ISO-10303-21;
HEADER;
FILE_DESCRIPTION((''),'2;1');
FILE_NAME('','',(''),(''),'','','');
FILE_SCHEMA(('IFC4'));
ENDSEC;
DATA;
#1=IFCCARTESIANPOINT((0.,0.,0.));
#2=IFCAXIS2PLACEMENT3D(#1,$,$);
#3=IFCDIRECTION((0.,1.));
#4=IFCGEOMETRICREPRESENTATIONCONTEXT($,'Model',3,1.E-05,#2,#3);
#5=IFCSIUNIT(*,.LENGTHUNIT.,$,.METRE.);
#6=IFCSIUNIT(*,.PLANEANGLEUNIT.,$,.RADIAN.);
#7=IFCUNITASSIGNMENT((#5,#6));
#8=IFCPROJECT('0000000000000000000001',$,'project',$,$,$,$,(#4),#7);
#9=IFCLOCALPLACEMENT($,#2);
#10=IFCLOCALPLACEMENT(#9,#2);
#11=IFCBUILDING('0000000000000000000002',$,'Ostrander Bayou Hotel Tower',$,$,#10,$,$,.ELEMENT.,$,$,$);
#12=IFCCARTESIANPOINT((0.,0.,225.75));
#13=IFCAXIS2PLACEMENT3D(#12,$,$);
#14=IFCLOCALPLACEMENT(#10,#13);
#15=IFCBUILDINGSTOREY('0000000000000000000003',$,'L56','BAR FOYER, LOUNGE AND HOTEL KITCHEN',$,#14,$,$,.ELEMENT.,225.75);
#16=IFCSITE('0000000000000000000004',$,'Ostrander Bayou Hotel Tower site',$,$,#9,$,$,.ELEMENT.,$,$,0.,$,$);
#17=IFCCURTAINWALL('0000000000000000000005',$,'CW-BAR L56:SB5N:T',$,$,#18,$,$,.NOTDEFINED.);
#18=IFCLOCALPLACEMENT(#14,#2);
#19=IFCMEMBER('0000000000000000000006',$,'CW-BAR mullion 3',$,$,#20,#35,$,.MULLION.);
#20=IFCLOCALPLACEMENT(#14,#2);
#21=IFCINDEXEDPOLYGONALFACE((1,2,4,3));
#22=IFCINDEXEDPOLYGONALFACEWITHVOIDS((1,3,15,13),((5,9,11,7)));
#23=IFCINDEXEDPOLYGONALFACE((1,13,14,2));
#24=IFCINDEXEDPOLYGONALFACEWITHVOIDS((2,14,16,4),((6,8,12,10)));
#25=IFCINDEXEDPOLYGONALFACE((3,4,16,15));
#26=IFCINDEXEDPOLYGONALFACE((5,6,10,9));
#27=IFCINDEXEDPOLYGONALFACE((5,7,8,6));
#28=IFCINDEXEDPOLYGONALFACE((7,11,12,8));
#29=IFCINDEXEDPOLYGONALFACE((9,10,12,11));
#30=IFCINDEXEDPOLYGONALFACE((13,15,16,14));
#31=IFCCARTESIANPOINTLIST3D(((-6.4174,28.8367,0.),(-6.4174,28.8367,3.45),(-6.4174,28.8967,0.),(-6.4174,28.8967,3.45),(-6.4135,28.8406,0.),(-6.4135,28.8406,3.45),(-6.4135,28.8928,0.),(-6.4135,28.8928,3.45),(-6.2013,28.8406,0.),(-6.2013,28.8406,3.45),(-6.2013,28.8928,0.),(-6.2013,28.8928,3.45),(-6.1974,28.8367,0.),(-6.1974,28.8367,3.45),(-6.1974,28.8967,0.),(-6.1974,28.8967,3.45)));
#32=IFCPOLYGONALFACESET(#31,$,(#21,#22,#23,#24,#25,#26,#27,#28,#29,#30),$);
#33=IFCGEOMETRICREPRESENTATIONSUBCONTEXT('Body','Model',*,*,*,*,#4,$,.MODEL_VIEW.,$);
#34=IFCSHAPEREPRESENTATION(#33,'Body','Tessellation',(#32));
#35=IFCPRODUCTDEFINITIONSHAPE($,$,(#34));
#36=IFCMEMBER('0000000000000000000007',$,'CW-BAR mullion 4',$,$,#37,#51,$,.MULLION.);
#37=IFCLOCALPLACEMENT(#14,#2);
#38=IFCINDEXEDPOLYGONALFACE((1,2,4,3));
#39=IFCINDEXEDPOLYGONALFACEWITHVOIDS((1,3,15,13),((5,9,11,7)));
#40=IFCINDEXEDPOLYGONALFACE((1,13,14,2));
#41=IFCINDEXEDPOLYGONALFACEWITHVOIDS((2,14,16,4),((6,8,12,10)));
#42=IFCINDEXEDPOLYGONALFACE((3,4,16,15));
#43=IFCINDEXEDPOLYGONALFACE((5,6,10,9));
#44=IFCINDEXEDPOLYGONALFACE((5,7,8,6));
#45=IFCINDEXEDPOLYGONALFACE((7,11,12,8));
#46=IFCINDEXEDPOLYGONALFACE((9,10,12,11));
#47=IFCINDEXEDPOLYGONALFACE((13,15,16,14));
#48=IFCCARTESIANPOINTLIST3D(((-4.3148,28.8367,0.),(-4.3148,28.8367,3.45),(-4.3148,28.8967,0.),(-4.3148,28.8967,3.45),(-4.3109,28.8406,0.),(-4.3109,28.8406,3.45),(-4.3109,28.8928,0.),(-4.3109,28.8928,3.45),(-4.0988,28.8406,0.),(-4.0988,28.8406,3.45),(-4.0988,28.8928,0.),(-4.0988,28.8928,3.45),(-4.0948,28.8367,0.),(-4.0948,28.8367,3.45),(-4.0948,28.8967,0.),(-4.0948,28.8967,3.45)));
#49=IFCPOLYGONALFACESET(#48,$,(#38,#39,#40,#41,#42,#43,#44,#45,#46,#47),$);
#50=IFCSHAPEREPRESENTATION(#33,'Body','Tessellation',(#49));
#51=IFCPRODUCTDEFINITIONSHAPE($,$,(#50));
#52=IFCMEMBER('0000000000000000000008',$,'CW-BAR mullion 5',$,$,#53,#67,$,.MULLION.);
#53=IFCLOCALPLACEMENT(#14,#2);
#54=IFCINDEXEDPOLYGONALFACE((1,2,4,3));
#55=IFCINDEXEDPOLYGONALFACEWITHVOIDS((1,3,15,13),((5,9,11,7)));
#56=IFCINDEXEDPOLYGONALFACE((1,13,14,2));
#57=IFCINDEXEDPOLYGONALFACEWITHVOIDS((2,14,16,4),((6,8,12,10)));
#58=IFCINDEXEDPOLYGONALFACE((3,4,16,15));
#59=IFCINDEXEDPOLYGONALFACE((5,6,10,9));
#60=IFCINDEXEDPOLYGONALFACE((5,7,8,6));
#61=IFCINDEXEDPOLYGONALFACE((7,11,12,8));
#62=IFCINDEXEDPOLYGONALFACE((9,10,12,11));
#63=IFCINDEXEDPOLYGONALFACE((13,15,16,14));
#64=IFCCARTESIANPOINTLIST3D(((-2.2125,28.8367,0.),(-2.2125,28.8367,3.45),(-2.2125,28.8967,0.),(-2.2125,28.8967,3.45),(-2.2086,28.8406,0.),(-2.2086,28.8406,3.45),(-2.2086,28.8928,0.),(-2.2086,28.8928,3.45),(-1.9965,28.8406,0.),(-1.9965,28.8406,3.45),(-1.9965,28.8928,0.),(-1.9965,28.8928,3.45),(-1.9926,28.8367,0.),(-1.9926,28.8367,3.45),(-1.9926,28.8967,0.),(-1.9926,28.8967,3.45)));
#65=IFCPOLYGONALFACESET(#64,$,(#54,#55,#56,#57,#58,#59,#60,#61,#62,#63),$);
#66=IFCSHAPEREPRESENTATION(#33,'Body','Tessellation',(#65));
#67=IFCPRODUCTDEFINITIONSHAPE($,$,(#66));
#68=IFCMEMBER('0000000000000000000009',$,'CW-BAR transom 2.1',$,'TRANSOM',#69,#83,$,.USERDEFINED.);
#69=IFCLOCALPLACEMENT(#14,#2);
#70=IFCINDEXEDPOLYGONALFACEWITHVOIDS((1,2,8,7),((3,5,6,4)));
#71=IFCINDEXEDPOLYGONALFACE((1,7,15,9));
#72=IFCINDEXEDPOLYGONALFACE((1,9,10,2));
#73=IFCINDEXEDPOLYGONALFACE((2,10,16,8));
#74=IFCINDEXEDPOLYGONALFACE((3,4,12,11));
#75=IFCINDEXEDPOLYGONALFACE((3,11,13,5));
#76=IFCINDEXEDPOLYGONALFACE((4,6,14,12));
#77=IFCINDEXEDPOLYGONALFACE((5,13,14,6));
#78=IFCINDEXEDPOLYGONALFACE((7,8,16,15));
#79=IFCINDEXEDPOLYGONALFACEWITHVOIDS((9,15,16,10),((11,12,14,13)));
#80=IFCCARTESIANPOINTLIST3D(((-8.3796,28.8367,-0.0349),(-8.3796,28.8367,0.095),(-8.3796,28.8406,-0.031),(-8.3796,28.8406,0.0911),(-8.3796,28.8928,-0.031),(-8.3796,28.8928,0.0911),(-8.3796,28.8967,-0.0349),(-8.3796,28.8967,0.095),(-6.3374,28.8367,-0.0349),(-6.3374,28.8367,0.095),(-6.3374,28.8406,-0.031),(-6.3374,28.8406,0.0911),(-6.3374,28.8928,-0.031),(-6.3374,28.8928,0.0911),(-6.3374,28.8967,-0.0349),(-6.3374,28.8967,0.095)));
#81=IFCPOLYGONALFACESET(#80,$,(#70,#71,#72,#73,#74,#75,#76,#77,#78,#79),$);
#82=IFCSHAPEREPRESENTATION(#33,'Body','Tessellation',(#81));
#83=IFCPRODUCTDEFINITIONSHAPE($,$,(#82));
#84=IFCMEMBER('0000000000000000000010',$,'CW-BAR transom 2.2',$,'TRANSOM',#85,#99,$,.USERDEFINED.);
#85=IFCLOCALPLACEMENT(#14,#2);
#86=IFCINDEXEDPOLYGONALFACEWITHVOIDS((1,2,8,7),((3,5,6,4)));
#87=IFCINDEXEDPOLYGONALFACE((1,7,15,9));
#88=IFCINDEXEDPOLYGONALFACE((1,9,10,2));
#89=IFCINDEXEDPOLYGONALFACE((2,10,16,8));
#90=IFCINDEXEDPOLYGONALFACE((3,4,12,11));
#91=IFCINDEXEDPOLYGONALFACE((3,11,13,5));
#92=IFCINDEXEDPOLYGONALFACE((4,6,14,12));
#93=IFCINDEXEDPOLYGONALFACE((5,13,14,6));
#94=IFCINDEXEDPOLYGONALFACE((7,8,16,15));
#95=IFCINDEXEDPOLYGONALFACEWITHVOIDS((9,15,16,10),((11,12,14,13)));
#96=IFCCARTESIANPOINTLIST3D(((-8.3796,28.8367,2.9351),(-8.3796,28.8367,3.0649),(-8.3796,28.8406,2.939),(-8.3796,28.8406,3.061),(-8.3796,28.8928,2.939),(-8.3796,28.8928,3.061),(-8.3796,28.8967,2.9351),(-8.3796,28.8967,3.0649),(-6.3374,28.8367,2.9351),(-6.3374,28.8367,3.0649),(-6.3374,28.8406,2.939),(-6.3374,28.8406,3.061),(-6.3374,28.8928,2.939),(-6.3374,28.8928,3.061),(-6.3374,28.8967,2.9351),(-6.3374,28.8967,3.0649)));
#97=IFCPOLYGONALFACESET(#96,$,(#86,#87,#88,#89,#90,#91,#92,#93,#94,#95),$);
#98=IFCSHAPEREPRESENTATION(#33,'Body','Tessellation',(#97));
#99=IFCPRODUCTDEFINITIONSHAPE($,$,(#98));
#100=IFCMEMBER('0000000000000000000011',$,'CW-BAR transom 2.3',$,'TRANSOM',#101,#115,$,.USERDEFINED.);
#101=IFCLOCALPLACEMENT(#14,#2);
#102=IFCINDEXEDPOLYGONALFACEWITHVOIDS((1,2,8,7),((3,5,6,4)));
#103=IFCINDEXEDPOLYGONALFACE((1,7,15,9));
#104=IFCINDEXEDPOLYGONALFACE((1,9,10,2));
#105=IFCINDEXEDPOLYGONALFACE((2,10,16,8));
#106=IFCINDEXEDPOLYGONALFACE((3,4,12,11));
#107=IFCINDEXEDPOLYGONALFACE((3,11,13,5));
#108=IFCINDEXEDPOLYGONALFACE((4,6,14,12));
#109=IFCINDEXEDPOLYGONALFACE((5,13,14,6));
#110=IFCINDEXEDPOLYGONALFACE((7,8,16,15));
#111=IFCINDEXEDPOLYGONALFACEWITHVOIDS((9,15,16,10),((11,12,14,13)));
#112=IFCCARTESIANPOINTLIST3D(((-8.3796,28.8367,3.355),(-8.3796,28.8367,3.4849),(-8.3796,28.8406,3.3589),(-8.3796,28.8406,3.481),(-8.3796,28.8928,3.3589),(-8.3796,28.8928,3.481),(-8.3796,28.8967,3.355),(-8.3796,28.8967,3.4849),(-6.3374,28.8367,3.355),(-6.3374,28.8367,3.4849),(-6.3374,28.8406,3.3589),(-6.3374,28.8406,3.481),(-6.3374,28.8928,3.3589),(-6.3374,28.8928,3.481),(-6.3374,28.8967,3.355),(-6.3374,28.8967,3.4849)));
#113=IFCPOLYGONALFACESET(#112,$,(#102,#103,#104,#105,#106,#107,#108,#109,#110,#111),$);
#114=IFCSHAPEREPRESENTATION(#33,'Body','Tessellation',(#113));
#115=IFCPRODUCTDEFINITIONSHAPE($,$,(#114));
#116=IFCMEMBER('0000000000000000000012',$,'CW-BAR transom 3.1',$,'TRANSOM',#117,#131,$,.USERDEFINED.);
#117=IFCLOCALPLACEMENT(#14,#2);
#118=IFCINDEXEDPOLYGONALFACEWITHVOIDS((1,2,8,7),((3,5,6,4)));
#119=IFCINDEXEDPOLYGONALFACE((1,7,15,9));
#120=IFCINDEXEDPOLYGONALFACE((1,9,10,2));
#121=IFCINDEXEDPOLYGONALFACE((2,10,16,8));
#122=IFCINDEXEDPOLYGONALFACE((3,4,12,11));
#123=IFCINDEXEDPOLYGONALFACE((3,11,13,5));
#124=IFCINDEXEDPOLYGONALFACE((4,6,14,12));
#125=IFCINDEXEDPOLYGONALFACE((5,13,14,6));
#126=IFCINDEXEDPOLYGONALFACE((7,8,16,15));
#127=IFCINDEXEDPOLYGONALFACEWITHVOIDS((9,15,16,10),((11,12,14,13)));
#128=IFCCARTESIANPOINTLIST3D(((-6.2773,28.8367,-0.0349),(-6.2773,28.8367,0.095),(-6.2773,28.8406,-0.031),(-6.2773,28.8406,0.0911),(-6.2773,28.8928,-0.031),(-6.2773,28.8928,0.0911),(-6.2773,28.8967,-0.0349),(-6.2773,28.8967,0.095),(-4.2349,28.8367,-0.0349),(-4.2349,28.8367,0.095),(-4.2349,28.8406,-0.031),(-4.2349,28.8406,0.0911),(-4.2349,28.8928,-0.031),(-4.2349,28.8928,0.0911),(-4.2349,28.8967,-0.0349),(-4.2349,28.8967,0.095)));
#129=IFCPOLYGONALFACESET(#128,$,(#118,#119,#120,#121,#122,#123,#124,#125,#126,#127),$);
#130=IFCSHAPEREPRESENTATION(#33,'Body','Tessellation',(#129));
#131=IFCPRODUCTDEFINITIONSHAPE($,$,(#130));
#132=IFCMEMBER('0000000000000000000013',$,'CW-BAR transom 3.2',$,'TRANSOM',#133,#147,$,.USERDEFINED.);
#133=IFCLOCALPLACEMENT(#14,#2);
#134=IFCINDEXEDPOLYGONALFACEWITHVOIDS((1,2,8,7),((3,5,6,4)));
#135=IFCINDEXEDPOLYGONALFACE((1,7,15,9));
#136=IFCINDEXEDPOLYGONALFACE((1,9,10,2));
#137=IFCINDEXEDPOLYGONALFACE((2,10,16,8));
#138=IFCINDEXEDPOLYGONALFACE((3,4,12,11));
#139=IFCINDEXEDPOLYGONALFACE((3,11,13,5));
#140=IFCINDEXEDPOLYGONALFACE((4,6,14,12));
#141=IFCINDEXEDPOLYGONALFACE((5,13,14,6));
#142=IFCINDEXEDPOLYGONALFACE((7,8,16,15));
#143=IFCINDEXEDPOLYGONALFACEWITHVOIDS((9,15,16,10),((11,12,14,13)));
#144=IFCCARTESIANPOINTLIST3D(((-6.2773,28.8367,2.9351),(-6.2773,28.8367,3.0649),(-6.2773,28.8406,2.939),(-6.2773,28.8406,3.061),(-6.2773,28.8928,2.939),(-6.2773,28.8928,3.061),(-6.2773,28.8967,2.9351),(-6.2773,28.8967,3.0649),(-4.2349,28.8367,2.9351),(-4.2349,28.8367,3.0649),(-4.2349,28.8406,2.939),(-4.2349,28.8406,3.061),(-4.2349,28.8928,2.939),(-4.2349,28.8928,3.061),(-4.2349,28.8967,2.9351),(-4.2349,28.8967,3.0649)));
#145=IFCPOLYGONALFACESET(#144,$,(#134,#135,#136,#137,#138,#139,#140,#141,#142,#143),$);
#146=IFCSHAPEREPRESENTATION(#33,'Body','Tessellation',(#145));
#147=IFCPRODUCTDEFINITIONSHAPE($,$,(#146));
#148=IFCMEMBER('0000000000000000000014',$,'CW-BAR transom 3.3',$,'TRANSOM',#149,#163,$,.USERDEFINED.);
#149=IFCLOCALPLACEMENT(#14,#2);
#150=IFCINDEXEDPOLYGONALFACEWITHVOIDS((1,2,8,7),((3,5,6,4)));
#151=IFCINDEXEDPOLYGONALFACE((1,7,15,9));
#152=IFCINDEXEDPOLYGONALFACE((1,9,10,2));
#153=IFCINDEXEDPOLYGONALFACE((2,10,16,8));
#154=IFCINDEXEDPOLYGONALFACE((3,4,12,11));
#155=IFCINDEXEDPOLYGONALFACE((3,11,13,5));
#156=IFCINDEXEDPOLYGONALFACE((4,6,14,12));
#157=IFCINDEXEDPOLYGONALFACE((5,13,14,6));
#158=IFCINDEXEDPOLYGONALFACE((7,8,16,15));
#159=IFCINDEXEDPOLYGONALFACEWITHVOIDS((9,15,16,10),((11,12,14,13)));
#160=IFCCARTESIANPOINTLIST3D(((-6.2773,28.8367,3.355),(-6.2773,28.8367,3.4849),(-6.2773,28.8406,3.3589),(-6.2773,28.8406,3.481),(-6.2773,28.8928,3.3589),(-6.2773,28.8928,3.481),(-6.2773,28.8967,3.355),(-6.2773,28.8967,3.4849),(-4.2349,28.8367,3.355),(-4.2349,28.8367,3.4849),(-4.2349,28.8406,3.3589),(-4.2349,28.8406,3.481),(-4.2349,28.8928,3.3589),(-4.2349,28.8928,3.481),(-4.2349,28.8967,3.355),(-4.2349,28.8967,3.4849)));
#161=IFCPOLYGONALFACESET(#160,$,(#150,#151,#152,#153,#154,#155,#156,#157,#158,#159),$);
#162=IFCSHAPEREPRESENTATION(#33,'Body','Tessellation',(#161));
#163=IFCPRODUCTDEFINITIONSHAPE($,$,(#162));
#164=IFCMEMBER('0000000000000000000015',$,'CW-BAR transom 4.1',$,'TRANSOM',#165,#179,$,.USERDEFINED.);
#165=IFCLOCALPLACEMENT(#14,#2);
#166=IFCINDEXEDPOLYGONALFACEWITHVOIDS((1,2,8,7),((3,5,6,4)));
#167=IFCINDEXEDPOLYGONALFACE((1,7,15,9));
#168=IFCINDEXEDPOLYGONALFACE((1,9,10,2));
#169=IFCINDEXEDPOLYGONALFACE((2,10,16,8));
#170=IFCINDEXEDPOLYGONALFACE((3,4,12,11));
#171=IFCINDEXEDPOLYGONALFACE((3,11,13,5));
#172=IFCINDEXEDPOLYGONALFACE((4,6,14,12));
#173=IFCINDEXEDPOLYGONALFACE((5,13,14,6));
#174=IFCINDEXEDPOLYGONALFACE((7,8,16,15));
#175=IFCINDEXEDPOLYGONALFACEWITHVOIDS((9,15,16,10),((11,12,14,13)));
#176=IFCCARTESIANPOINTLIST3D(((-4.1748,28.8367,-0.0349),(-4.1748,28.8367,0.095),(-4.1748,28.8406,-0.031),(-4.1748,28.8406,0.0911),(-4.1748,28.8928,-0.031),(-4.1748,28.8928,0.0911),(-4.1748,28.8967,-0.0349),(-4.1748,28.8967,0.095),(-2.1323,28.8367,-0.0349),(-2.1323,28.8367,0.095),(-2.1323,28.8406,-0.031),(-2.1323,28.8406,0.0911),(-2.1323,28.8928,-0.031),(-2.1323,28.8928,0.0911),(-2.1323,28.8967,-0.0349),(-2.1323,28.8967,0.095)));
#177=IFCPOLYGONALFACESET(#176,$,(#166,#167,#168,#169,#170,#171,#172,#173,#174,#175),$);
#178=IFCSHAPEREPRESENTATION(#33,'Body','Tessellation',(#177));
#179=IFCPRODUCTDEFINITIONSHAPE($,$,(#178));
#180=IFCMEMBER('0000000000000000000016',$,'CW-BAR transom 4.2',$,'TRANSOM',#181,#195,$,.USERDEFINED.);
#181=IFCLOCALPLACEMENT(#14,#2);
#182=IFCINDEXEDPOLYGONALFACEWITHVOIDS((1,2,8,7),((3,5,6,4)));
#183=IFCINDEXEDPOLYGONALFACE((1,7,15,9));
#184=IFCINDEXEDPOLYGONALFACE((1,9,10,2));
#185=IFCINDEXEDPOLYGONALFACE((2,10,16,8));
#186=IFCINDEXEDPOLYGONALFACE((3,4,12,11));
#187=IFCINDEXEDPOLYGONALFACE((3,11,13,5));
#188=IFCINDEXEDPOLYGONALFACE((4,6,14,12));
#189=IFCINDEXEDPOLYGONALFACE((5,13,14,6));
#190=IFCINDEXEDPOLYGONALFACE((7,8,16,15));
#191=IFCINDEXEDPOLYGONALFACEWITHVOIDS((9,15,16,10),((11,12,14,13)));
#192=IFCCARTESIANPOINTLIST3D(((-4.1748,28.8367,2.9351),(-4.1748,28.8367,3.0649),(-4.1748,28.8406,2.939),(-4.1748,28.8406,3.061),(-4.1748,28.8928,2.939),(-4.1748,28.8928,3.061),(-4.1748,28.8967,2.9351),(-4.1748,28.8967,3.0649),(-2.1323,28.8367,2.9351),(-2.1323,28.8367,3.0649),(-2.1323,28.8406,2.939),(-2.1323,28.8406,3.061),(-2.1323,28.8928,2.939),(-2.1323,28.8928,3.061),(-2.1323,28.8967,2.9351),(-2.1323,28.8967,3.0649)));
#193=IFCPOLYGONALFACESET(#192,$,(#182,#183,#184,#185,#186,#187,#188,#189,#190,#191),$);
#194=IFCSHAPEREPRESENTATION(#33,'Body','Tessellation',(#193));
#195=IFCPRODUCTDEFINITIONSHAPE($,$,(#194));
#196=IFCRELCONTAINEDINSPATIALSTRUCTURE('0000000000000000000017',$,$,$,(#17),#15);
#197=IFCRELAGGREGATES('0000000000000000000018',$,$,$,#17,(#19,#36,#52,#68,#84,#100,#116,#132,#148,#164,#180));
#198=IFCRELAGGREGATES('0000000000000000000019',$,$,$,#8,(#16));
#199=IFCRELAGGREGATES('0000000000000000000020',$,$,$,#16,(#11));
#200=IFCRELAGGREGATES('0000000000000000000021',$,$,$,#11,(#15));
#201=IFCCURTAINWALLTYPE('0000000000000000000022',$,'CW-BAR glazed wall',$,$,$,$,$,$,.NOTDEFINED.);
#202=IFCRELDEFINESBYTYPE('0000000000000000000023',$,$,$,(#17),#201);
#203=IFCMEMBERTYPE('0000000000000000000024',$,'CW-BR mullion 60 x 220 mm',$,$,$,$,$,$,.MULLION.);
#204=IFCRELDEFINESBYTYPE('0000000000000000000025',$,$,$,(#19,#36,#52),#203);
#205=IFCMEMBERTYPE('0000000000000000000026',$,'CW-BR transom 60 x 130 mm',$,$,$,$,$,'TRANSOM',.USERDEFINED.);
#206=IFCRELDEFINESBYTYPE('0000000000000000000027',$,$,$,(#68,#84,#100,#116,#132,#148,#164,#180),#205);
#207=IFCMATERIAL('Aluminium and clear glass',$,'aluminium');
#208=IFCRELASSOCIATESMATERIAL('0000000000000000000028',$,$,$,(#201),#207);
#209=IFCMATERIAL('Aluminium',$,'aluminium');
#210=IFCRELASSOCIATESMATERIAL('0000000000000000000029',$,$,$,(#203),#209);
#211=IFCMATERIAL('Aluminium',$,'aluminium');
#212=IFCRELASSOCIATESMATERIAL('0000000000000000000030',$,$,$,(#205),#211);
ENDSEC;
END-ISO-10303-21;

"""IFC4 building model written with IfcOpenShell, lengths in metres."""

from ifc_helpers import new_model, si_unit, direction, frame, origin, origin_2d, place, context, subcontext, project, spatial, hollow_rectangle, extrude, material, material_profile, profile_set, type_object, element, aggregate, save


model = new_model("IFC4")

# Units and contexts
model_context = context("Model", 3, precision=1e-05, world=origin(), true_north=direction((0.0, 1.0)))
body_context = subcontext(model_context, "Body", "Model", "MODEL_VIEW")
ifc_project = project(units=[si_unit("LENGTHUNIT", "METRE"), si_unit("PLANEANGLEUNIT", "RADIAN")], contexts=[model_context])

# Site, building, storey
site_placement = place(None, origin())
site = spatial("IfcSite", under=ifc_project, at=site_placement, Name="Ostrander Bayou Hotel Tower site", CompositionType="ELEMENT", RefElevation=0.0)
building_placement = place(site_placement, origin())
building = spatial("IfcBuilding", under=site, at=building_placement, Name="Ostrander Bayou Hotel Tower", CompositionType="ELEMENT")
storey_placement = place(building_placement, frame((0.0, 0.0, 225.75)))
storey = spatial("IfcBuildingStorey", under=building, at=storey_placement, Name="L56", Description="BAR FOYER, LOUNGE AND HOTEL KITCHEN", CompositionType="ELEMENT", Elevation=225.75)

# Curtain wall, members
ifc_material_1 = material(Name="Aluminium and clear glass", Category="aluminium")
curtain_wall_type = type_object("IfcCurtainWallType", Name="CW-BAR glazed wall", PredefinedType="NOTDEFINED", material=ifc_material_1)
curtain_wall_placement = place(storey_placement, origin())
curtain_wall = element("IfcCurtainWall", 1, at=curtain_wall_placement, inside=storey, type_object=curtain_wall_type, Name="CW-BAR L56:SB5N:T", PredefinedType="NOTDEFINED")
ifc_material_2 = material(Name="Aluminium", Category="aluminium")
ifc_material_profile_1 = material_profile(ifc_material_2, hollow_rectangle(XDim=0.0601, YDim=0.22, WallThickness=0.0039, at=origin_2d()))
ifc_profile_set_1 = profile_set([ifc_material_profile_1], Name="Aluminium")
member_type_1 = type_object("IfcMemberType", Name="CW-BR mullion 60 x 220 mm", PredefinedType="MULLION", material=ifc_profile_set_1)
member_1_placement = place(storey_placement, frame((-6.3074, 28.8667, 0.0), z_axis=(0.0, 0.0, 1.0), x_axis=(0.0, 1.0, 0.0)))
member_1 = element("IfcMember", 2, at=member_1_placement, type_object=member_type_1, Name="CW-BAR mullion 3", PredefinedType="MULLION", context=body_context, shape_type="SweptSolid", body=[
    extrude(hollow_rectangle(XDim=0.0601, YDim=0.22, WallThickness=0.0039, at=origin_2d()), origin(), (0.0, 0.0, 1.0), 3.45),
])
member_2_placement = place(storey_placement, frame((-4.2048, 28.8667, 0.0), z_axis=(0.0, 0.0, 1.0), x_axis=(0.0, 1.0, 0.0)))
member_2 = element("IfcMember", 3, at=member_2_placement, type_object=member_type_1, Name="CW-BAR mullion 4", PredefinedType="MULLION", context=body_context, shape_type="SweptSolid", body=[
    extrude(hollow_rectangle(XDim=0.0601, YDim=0.22, WallThickness=0.0039, at=origin_2d()), origin(), (0.0, 0.0, 1.0), 3.45),
])
member_3_placement = place(storey_placement, frame((-2.1025, 28.8667, 0.0), z_axis=(0.0, 0.0, 1.0), x_axis=(0.0, 1.0, 0.0)))
member_3 = element("IfcMember", 4, at=member_3_placement, type_object=member_type_1, Name="CW-BAR mullion 5", PredefinedType="MULLION", context=body_context, shape_type="SweptSolid", body=[
    extrude(hollow_rectangle(XDim=0.0601, YDim=0.22, WallThickness=0.0039, at=origin_2d()), origin(), (0.0, 0.0, 1.0), 3.45),
])
ifc_material_3 = material(Name="Aluminium", Category="aluminium")
ifc_material_profile_2 = material_profile(ifc_material_3, hollow_rectangle(XDim=0.0601, YDim=0.1299, WallThickness=0.0039, at=origin_2d()))
ifc_profile_set_2 = profile_set([ifc_material_profile_2], Name="Aluminium")
member_type_2 = type_object("IfcMemberType", Name="CW-BR transom 60 x 130 mm", ElementType="TRANSOM", PredefinedType="USERDEFINED", material=ifc_profile_set_2)
member_4_placement = place(storey_placement, frame((-8.3796, 28.8667, 0.03), z_axis=(1.0, 0.0, 0.0), x_axis=(0.0, 1.0, 0.0)))
member_4 = element("IfcMember", 5, at=member_4_placement, type_object=member_type_2, Name="CW-BAR transom 2.1", ObjectType="TRANSOM", PredefinedType="USERDEFINED", context=body_context, shape_type="SweptSolid", body=[
    extrude(hollow_rectangle(XDim=0.0601, YDim=0.1299, WallThickness=0.0039, at=origin_2d()), origin(), (0.0, 0.0, 1.0), 2.0422),
])
member_5_placement = place(storey_placement, frame((-8.3796, 28.8667, 3.0), z_axis=(1.0, 0.0, 0.0), x_axis=(0.0, 1.0, 0.0)))
member_5 = element("IfcMember", 6, at=member_5_placement, type_object=member_type_2, Name="CW-BAR transom 2.2", ObjectType="TRANSOM", PredefinedType="USERDEFINED", context=body_context, shape_type="SweptSolid", body=[
    extrude(hollow_rectangle(XDim=0.0601, YDim=0.1299, WallThickness=0.0039, at=origin_2d()), origin(), (0.0, 0.0, 1.0), 2.0422),
])
member_6_placement = place(storey_placement, frame((-8.3796, 28.8667, 3.4199), z_axis=(1.0, 0.0, 0.0), x_axis=(0.0, 1.0, 0.0)))
member_6 = element("IfcMember", 7, at=member_6_placement, type_object=member_type_2, Name="CW-BAR transom 2.3", ObjectType="TRANSOM", PredefinedType="USERDEFINED", context=body_context, shape_type="SweptSolid", body=[
    extrude(hollow_rectangle(XDim=0.0601, YDim=0.1299, WallThickness=0.0039, at=origin_2d()), origin(), (0.0, 0.0, 1.0), 2.0422),
])
member_7_placement = place(storey_placement, frame((-6.2773, 28.8667, 0.03), z_axis=(1.0, 0.0, 0.0), x_axis=(0.0, 1.0, 0.0)))
member_7 = element("IfcMember", 8, at=member_7_placement, type_object=member_type_2, Name="CW-BAR transom 3.1", ObjectType="TRANSOM", PredefinedType="USERDEFINED", context=body_context, shape_type="SweptSolid", body=[
    extrude(hollow_rectangle(XDim=0.0601, YDim=0.1299, WallThickness=0.0039, at=origin_2d()), origin(), (0.0, 0.0, 1.0), 2.0425),
])
member_8_placement = place(storey_placement, frame((-6.2773, 28.8667, 3.0), z_axis=(1.0, 0.0, 0.0), x_axis=(0.0, 1.0, 0.0)))
member_8 = element("IfcMember", 9, at=member_8_placement, type_object=member_type_2, Name="CW-BAR transom 3.2", ObjectType="TRANSOM", PredefinedType="USERDEFINED", context=body_context, shape_type="SweptSolid", body=[
    extrude(hollow_rectangle(XDim=0.0601, YDim=0.1299, WallThickness=0.0039, at=origin_2d()), origin(), (0.0, 0.0, 1.0), 2.0425),
])
member_9_placement = place(storey_placement, frame((-6.2773, 28.8667, 3.4199), z_axis=(1.0, 0.0, 0.0), x_axis=(0.0, 1.0, 0.0)))
member_9 = element("IfcMember", 10, at=member_9_placement, type_object=member_type_2, Name="CW-BAR transom 3.3", ObjectType="TRANSOM", PredefinedType="USERDEFINED", context=body_context, shape_type="SweptSolid", body=[
    extrude(hollow_rectangle(XDim=0.0601, YDim=0.1299, WallThickness=0.0039, at=origin_2d()), origin(), (0.0, 0.0, 1.0), 2.0425),
])
member_10_placement = place(storey_placement, frame((-4.1748, 28.8667, 0.03), z_axis=(1.0, 0.0, 0.0), x_axis=(0.0, 1.0, 0.0)))
member_10 = element("IfcMember", 11, at=member_10_placement, type_object=member_type_2, Name="CW-BAR transom 4.1", ObjectType="TRANSOM", PredefinedType="USERDEFINED", context=body_context, shape_type="SweptSolid", body=[
    extrude(hollow_rectangle(XDim=0.0601, YDim=0.1299, WallThickness=0.0039, at=origin_2d()), origin(), (0.0, 0.0, 1.0), 2.0425),
])
member_11_placement = place(storey_placement, frame((-4.1748, 28.8667, 3.0), z_axis=(1.0, 0.0, 0.0), x_axis=(0.0, 1.0, 0.0)))
member_11 = element("IfcMember", 12, at=member_11_placement, type_object=member_type_2, Name="CW-BAR transom 4.2", ObjectType="TRANSOM", PredefinedType="USERDEFINED", context=body_context, shape_type="SweptSolid", body=[
    extrude(hollow_rectangle(XDim=0.0601, YDim=0.1299, WallThickness=0.0039, at=origin_2d()), origin(), (0.0, 0.0, 1.0), 2.0425),
])
aggregate(curtain_wall, [member_1, member_2, member_3, member_4, member_5, member_6, member_7, member_8, member_9, member_10, member_11])

save(model, "model.ifc")
